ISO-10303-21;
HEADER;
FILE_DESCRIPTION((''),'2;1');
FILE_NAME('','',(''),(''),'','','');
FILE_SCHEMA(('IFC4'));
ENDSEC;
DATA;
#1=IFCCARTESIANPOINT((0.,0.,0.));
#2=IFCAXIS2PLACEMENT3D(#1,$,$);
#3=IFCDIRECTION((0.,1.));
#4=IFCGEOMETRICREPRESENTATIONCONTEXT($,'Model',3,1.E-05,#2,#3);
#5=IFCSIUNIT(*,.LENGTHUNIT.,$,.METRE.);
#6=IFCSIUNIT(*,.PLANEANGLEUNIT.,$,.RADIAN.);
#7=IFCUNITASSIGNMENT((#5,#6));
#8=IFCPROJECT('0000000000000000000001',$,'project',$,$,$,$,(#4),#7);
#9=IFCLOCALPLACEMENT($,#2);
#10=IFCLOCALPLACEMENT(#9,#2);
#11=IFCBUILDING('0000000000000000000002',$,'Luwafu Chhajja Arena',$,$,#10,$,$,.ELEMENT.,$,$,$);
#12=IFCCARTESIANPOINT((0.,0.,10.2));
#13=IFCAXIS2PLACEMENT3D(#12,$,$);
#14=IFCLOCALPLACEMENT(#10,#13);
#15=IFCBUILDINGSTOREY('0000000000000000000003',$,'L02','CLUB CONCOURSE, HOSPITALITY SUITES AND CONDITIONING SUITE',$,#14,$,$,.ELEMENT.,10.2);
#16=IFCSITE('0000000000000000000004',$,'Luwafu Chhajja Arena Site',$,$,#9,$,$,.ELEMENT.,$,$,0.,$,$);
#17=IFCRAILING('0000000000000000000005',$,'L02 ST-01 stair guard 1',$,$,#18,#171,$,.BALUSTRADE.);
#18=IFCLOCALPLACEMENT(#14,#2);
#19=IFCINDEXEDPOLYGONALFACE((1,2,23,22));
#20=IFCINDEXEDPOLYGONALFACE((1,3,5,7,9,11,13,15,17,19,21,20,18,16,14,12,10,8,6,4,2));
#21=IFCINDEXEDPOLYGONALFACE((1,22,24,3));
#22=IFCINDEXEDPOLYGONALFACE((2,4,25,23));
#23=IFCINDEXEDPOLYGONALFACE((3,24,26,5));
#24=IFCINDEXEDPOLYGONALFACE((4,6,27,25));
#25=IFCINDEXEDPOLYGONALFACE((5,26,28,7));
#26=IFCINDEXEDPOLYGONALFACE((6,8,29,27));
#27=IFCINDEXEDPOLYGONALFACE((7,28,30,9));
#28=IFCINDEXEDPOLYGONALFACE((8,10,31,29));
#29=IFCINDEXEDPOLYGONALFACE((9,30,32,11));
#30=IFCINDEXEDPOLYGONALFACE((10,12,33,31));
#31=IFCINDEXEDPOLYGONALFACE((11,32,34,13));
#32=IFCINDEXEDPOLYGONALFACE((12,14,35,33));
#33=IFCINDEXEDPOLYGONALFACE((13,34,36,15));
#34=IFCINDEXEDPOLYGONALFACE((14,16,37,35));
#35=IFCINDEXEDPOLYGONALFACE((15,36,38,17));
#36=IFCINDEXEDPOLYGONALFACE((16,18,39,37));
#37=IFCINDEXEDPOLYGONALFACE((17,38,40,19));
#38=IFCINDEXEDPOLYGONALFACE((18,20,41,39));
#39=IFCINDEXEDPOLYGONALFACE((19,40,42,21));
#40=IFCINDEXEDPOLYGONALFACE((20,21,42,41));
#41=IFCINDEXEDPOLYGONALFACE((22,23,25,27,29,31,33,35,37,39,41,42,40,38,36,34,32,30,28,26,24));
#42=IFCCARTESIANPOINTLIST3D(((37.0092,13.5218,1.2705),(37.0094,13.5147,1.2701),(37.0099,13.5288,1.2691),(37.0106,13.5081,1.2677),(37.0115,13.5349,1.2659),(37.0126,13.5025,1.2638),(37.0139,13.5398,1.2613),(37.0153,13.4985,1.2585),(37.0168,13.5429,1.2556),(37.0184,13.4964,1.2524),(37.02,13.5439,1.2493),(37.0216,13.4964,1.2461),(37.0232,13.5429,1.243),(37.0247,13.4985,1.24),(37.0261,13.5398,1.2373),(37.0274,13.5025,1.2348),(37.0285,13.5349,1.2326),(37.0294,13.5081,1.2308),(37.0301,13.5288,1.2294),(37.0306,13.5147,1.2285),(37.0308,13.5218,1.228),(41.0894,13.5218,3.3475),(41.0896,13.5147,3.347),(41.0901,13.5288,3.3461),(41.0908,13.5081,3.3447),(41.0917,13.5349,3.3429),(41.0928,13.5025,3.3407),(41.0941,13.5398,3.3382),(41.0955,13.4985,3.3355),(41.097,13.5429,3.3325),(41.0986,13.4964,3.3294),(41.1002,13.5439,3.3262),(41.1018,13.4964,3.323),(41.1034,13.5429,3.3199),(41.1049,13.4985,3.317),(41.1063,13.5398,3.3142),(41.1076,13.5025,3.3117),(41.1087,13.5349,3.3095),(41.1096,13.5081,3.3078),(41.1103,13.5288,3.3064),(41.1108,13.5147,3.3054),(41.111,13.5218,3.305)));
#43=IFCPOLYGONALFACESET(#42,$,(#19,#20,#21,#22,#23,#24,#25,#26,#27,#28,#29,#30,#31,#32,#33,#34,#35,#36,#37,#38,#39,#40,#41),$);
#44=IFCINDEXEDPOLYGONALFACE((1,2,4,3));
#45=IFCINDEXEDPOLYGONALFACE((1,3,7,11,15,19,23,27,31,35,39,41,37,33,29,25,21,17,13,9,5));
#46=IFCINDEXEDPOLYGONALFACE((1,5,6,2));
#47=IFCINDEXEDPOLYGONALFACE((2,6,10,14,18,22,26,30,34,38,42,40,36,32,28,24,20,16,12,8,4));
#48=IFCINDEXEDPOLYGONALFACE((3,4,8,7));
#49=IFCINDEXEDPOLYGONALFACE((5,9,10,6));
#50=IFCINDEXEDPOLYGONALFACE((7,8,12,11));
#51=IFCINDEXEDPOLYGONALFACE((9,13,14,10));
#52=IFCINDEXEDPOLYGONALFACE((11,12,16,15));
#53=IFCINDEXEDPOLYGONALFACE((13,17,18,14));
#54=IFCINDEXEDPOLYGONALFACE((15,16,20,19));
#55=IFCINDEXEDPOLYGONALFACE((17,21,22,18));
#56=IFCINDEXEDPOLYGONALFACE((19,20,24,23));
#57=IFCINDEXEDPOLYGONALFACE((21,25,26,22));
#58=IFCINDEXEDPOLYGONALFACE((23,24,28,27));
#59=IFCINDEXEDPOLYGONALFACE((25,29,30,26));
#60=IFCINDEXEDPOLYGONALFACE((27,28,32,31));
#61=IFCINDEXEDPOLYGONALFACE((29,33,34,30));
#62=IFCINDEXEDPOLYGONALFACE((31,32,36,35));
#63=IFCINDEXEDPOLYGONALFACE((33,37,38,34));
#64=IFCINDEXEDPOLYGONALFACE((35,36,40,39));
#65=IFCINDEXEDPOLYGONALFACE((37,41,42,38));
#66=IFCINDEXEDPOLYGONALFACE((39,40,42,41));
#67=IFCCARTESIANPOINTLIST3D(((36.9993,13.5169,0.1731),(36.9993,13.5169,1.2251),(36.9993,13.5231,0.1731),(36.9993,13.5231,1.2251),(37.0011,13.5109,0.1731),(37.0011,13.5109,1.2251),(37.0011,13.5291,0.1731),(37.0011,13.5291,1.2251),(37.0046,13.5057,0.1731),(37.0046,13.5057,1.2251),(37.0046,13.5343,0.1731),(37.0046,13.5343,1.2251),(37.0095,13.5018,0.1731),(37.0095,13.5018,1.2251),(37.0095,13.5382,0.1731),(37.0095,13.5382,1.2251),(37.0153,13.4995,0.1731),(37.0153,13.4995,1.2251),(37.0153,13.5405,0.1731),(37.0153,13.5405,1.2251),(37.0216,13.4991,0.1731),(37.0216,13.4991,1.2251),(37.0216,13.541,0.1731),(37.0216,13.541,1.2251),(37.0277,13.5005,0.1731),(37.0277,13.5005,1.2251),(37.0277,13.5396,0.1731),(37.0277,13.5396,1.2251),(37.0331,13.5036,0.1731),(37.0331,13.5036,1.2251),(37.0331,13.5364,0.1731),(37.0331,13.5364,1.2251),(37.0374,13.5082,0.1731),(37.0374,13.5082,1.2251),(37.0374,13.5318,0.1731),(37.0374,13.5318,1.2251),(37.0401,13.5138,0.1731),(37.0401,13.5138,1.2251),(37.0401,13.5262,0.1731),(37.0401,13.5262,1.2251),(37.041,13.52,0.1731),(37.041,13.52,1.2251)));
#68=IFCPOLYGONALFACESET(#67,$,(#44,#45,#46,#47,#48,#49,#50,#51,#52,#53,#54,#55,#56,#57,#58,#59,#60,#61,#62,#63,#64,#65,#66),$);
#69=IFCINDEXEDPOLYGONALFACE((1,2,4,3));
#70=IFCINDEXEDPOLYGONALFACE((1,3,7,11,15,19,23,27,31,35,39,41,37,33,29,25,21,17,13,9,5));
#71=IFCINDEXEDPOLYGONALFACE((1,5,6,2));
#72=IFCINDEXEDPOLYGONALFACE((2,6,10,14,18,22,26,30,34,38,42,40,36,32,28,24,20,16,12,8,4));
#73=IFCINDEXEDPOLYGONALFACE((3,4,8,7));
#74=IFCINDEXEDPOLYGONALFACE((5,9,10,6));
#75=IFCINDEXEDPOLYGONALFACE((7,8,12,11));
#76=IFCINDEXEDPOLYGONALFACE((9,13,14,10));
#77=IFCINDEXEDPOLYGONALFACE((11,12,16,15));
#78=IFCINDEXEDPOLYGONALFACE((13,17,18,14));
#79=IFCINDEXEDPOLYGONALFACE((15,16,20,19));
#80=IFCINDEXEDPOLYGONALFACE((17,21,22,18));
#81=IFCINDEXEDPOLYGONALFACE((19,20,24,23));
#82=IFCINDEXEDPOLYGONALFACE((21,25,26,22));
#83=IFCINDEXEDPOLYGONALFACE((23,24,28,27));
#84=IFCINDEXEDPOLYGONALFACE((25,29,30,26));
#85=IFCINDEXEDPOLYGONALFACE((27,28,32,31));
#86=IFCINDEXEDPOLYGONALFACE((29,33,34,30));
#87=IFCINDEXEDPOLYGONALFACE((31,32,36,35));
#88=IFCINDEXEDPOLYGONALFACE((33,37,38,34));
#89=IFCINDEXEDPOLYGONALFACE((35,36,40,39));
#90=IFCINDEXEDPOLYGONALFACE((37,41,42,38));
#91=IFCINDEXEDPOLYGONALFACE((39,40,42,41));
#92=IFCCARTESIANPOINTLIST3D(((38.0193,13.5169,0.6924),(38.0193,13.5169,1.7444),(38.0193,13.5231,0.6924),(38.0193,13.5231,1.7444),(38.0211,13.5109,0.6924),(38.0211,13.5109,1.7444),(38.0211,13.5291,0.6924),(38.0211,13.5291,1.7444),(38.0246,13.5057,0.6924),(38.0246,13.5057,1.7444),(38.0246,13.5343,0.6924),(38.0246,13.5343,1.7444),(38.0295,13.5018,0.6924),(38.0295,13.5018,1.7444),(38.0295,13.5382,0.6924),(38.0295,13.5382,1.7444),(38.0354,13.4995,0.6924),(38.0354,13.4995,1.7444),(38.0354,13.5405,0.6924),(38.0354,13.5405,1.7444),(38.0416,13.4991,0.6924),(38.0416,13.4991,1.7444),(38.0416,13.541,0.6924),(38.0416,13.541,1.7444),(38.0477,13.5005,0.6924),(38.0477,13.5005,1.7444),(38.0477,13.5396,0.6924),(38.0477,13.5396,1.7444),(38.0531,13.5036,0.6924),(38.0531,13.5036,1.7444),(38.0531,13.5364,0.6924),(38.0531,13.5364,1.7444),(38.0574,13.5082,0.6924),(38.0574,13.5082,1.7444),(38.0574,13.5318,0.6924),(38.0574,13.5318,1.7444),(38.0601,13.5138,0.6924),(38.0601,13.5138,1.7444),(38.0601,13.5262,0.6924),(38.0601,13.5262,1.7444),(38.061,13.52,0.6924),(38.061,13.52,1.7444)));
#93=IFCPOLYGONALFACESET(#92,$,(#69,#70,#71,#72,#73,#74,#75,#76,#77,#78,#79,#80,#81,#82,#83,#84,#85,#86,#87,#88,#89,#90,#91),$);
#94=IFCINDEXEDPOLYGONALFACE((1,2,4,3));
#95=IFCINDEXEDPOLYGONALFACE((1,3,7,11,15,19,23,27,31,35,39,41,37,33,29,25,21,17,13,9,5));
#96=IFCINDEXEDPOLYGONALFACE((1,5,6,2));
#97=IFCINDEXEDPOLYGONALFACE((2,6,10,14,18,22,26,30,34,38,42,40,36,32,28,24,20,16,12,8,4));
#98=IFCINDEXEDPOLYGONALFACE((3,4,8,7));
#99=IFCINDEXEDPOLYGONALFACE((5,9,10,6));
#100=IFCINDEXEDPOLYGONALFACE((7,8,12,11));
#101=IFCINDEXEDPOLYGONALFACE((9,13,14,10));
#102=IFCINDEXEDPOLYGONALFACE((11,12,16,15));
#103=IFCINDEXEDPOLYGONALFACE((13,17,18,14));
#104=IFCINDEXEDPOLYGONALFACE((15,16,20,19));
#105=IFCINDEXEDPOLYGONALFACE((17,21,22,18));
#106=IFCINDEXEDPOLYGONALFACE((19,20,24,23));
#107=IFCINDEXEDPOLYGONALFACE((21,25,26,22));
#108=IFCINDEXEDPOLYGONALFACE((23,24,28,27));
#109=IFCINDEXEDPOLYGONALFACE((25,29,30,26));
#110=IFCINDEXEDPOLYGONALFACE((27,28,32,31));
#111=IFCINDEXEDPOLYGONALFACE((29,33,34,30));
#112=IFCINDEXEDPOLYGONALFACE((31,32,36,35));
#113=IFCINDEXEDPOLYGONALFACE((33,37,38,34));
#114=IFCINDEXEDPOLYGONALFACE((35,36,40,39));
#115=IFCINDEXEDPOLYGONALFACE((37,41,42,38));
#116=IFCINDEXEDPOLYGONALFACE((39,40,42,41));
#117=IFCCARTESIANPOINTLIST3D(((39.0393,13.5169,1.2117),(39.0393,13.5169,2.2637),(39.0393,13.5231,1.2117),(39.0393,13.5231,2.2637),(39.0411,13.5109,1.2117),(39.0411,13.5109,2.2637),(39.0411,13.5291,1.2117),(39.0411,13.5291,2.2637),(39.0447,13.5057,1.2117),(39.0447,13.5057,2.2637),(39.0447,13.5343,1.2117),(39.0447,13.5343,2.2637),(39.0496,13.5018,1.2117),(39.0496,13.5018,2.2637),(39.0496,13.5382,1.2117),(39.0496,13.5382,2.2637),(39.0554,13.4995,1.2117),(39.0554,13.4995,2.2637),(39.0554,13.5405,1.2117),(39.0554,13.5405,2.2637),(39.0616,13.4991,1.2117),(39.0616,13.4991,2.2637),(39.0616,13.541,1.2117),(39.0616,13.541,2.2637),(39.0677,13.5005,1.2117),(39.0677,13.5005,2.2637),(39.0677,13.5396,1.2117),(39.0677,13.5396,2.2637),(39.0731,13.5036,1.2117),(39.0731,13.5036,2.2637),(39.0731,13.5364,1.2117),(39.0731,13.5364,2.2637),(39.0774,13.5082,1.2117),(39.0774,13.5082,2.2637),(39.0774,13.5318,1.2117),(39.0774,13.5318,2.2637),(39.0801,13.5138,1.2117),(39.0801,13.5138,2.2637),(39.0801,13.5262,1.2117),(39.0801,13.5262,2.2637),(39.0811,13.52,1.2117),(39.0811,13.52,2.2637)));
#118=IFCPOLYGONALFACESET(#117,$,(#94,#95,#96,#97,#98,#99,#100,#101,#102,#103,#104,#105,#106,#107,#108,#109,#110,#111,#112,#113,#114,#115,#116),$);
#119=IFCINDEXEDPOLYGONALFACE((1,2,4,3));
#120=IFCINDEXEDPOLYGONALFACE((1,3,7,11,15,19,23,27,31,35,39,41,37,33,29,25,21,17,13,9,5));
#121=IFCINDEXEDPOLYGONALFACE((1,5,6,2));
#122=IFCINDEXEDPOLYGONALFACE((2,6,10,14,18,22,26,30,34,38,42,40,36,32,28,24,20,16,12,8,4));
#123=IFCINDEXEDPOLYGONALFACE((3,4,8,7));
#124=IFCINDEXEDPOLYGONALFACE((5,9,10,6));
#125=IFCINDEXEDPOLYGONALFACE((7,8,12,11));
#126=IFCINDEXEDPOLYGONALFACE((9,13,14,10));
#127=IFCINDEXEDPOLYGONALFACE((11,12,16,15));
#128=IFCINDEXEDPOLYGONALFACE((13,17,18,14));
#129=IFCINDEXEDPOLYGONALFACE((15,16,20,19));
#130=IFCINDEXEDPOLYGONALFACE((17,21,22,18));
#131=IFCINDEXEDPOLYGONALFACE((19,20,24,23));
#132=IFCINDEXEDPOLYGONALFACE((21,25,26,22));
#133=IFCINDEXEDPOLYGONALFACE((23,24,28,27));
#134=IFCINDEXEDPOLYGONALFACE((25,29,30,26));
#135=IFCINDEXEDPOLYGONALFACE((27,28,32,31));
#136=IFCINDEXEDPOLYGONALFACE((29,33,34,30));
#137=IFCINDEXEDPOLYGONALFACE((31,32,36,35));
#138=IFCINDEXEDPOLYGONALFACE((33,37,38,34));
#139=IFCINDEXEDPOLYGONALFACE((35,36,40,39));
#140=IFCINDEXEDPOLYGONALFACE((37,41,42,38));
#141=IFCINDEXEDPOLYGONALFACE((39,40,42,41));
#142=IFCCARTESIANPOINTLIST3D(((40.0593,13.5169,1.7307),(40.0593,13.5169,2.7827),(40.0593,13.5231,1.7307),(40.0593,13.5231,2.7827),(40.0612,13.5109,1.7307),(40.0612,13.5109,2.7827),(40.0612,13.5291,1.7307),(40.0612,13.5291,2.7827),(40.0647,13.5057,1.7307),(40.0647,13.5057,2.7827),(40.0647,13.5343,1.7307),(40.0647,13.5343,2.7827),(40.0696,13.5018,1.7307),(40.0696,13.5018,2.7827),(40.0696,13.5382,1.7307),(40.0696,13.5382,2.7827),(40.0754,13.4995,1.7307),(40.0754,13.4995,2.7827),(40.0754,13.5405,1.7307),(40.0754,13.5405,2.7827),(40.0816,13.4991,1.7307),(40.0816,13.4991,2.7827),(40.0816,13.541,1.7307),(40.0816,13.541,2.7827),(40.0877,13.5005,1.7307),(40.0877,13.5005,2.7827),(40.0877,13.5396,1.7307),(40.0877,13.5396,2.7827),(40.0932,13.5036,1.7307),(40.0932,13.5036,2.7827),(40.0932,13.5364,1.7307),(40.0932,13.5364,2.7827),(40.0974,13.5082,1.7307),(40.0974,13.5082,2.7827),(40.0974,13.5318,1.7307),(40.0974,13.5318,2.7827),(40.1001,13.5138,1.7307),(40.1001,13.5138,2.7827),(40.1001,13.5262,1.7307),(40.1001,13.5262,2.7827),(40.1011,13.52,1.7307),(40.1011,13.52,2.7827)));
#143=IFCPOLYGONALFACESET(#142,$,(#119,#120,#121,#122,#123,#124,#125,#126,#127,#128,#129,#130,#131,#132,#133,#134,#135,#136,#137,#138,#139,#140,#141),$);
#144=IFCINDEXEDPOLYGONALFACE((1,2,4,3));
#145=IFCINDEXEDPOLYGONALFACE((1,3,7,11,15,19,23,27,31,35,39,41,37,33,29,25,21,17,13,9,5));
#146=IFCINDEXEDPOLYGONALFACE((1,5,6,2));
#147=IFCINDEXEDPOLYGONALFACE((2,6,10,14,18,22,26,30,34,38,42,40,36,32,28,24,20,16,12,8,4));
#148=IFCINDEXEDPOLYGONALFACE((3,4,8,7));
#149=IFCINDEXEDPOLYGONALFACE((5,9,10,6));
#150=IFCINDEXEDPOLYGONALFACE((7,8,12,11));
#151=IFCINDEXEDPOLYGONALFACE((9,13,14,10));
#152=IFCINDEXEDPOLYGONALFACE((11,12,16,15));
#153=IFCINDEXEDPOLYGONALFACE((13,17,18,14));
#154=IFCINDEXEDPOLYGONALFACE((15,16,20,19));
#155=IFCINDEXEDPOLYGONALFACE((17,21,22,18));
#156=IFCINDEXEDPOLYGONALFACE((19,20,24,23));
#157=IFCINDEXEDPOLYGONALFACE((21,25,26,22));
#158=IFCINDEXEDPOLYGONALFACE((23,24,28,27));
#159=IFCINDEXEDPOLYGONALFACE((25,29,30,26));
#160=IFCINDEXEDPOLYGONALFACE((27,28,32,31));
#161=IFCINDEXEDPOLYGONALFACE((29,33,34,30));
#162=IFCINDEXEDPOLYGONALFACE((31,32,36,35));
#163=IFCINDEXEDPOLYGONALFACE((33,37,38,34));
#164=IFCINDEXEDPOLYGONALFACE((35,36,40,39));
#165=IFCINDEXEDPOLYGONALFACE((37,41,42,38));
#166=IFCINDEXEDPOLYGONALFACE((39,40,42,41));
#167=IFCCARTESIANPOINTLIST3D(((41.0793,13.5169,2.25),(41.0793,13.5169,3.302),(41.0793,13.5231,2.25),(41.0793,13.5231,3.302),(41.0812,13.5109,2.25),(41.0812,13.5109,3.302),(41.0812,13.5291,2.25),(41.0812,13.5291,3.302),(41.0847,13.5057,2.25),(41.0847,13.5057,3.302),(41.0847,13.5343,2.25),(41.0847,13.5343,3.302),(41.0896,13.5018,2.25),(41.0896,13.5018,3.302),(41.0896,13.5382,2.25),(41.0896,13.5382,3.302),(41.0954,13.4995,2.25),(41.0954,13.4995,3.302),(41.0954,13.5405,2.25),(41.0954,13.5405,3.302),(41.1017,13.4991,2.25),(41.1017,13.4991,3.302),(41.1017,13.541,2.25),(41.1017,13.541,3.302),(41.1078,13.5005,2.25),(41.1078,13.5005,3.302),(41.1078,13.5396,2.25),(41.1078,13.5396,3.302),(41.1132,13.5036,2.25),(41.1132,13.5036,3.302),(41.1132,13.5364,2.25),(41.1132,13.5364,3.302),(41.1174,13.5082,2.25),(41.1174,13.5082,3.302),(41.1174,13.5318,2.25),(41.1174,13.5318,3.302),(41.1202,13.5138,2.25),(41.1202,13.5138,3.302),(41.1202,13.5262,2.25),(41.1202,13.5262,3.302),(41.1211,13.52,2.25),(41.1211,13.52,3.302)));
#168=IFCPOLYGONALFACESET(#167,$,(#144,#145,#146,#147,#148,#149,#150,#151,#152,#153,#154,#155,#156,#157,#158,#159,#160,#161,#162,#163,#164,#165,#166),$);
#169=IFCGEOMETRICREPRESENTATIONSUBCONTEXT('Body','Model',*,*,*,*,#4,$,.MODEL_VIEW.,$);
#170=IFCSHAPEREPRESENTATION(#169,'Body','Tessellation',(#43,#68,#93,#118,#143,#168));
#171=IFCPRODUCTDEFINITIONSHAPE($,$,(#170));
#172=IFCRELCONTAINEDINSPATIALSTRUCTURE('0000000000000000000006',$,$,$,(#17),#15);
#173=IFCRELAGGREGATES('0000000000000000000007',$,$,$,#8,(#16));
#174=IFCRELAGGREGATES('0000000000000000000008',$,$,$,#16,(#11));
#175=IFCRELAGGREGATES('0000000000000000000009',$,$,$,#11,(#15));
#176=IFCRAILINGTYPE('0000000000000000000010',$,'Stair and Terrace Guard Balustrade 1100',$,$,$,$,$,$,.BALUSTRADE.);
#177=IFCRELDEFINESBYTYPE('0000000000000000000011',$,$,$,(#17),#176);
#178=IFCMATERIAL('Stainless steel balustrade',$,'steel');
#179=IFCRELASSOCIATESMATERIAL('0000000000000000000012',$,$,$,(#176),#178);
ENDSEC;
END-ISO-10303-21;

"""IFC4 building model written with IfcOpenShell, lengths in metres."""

from ifc_helpers import new_model, si_unit, direction, frame, origin, origin_2d, place, context, subcontext, project, spatial, circle, extrude, material, type_object, element, save


model = new_model("IFC4")

# Units and contexts
model_context = context("Model", 3, precision=1e-05, world=origin(), true_north=direction((0.0, 1.0)))
body_context = subcontext(model_context, "Body", "Model", "MODEL_VIEW")
ifc_project = project(units=[si_unit("LENGTHUNIT", "METRE"), si_unit("PLANEANGLEUNIT", "RADIAN")], contexts=[model_context])

# Site, building, storey
site_placement = place(None, origin())
site = spatial("IfcSite", under=ifc_project, at=site_placement, Name="Luwafu Chhajja Arena Site", CompositionType="ELEMENT", RefElevation=0.0)
building_placement = place(site_placement, origin())
building = spatial("IfcBuilding", under=site, at=building_placement, Name="Luwafu Chhajja Arena", CompositionType="ELEMENT")
storey_placement = place(building_placement, frame((0.0, 0.0, 10.2)))
storey = spatial("IfcBuildingStorey", under=building, at=storey_placement, Name="L02", Description="CLUB CONCOURSE, HOSPITALITY SUITES AND CONDITIONING SUITE", CompositionType="ELEMENT", Elevation=10.2)

# Railing
ifc_material_1 = material(Name="Stainless steel balustrade", Category="steel")
railing_type_1 = type_object("IfcRailingType", Name="Stair and Terrace Guard Balustrade 1100", PredefinedType="BALUSTRADE", material=ifc_material_1)
railing_1_placement = place(storey_placement, frame((37.02, 13.52, 0.1731)))
element("IfcRailing", 1, at=railing_1_placement, inside=storey, type_object=railing_type_1, Name="L02 ST-01 stair guard 1", PredefinedType="BALUSTRADE", context=body_context, shape_type="SweptSolid", body=[
    extrude(circle(Radius=0.0239, at=origin_2d()), frame((0.0, 0.0, 1.0762), z_axis=(0.891183, 0.0, 0.453644), x_axis=(0.0, 1.0, 0.0)), (0.0, 0.0, 1.0), 4.5784),
    extrude(circle(Radius=0.021, at=origin_2d()), origin(), (0.0, 0.0, 1.0), 1.052),
    extrude(circle(Radius=0.021, at=origin_2d()), frame((1.02, 0.0, 0.5193)), (0.0, 0.0, 1.0), 1.052),
    extrude(circle(Radius=0.021, at=origin_2d()), frame((2.04, 0.0, 1.0386)), (0.0, 0.0, 1.0), 1.052),
    extrude(circle(Radius=0.021, at=origin_2d()), frame((3.0601, 0.0, 1.5576)), (0.0, 0.0, 1.0), 1.052),
    extrude(circle(Radius=0.021, at=origin_2d()), frame((4.0801, 0.0, 2.0769)), (0.0, 0.0, 1.0), 1.052),
])

save(model, "model.ifc")
